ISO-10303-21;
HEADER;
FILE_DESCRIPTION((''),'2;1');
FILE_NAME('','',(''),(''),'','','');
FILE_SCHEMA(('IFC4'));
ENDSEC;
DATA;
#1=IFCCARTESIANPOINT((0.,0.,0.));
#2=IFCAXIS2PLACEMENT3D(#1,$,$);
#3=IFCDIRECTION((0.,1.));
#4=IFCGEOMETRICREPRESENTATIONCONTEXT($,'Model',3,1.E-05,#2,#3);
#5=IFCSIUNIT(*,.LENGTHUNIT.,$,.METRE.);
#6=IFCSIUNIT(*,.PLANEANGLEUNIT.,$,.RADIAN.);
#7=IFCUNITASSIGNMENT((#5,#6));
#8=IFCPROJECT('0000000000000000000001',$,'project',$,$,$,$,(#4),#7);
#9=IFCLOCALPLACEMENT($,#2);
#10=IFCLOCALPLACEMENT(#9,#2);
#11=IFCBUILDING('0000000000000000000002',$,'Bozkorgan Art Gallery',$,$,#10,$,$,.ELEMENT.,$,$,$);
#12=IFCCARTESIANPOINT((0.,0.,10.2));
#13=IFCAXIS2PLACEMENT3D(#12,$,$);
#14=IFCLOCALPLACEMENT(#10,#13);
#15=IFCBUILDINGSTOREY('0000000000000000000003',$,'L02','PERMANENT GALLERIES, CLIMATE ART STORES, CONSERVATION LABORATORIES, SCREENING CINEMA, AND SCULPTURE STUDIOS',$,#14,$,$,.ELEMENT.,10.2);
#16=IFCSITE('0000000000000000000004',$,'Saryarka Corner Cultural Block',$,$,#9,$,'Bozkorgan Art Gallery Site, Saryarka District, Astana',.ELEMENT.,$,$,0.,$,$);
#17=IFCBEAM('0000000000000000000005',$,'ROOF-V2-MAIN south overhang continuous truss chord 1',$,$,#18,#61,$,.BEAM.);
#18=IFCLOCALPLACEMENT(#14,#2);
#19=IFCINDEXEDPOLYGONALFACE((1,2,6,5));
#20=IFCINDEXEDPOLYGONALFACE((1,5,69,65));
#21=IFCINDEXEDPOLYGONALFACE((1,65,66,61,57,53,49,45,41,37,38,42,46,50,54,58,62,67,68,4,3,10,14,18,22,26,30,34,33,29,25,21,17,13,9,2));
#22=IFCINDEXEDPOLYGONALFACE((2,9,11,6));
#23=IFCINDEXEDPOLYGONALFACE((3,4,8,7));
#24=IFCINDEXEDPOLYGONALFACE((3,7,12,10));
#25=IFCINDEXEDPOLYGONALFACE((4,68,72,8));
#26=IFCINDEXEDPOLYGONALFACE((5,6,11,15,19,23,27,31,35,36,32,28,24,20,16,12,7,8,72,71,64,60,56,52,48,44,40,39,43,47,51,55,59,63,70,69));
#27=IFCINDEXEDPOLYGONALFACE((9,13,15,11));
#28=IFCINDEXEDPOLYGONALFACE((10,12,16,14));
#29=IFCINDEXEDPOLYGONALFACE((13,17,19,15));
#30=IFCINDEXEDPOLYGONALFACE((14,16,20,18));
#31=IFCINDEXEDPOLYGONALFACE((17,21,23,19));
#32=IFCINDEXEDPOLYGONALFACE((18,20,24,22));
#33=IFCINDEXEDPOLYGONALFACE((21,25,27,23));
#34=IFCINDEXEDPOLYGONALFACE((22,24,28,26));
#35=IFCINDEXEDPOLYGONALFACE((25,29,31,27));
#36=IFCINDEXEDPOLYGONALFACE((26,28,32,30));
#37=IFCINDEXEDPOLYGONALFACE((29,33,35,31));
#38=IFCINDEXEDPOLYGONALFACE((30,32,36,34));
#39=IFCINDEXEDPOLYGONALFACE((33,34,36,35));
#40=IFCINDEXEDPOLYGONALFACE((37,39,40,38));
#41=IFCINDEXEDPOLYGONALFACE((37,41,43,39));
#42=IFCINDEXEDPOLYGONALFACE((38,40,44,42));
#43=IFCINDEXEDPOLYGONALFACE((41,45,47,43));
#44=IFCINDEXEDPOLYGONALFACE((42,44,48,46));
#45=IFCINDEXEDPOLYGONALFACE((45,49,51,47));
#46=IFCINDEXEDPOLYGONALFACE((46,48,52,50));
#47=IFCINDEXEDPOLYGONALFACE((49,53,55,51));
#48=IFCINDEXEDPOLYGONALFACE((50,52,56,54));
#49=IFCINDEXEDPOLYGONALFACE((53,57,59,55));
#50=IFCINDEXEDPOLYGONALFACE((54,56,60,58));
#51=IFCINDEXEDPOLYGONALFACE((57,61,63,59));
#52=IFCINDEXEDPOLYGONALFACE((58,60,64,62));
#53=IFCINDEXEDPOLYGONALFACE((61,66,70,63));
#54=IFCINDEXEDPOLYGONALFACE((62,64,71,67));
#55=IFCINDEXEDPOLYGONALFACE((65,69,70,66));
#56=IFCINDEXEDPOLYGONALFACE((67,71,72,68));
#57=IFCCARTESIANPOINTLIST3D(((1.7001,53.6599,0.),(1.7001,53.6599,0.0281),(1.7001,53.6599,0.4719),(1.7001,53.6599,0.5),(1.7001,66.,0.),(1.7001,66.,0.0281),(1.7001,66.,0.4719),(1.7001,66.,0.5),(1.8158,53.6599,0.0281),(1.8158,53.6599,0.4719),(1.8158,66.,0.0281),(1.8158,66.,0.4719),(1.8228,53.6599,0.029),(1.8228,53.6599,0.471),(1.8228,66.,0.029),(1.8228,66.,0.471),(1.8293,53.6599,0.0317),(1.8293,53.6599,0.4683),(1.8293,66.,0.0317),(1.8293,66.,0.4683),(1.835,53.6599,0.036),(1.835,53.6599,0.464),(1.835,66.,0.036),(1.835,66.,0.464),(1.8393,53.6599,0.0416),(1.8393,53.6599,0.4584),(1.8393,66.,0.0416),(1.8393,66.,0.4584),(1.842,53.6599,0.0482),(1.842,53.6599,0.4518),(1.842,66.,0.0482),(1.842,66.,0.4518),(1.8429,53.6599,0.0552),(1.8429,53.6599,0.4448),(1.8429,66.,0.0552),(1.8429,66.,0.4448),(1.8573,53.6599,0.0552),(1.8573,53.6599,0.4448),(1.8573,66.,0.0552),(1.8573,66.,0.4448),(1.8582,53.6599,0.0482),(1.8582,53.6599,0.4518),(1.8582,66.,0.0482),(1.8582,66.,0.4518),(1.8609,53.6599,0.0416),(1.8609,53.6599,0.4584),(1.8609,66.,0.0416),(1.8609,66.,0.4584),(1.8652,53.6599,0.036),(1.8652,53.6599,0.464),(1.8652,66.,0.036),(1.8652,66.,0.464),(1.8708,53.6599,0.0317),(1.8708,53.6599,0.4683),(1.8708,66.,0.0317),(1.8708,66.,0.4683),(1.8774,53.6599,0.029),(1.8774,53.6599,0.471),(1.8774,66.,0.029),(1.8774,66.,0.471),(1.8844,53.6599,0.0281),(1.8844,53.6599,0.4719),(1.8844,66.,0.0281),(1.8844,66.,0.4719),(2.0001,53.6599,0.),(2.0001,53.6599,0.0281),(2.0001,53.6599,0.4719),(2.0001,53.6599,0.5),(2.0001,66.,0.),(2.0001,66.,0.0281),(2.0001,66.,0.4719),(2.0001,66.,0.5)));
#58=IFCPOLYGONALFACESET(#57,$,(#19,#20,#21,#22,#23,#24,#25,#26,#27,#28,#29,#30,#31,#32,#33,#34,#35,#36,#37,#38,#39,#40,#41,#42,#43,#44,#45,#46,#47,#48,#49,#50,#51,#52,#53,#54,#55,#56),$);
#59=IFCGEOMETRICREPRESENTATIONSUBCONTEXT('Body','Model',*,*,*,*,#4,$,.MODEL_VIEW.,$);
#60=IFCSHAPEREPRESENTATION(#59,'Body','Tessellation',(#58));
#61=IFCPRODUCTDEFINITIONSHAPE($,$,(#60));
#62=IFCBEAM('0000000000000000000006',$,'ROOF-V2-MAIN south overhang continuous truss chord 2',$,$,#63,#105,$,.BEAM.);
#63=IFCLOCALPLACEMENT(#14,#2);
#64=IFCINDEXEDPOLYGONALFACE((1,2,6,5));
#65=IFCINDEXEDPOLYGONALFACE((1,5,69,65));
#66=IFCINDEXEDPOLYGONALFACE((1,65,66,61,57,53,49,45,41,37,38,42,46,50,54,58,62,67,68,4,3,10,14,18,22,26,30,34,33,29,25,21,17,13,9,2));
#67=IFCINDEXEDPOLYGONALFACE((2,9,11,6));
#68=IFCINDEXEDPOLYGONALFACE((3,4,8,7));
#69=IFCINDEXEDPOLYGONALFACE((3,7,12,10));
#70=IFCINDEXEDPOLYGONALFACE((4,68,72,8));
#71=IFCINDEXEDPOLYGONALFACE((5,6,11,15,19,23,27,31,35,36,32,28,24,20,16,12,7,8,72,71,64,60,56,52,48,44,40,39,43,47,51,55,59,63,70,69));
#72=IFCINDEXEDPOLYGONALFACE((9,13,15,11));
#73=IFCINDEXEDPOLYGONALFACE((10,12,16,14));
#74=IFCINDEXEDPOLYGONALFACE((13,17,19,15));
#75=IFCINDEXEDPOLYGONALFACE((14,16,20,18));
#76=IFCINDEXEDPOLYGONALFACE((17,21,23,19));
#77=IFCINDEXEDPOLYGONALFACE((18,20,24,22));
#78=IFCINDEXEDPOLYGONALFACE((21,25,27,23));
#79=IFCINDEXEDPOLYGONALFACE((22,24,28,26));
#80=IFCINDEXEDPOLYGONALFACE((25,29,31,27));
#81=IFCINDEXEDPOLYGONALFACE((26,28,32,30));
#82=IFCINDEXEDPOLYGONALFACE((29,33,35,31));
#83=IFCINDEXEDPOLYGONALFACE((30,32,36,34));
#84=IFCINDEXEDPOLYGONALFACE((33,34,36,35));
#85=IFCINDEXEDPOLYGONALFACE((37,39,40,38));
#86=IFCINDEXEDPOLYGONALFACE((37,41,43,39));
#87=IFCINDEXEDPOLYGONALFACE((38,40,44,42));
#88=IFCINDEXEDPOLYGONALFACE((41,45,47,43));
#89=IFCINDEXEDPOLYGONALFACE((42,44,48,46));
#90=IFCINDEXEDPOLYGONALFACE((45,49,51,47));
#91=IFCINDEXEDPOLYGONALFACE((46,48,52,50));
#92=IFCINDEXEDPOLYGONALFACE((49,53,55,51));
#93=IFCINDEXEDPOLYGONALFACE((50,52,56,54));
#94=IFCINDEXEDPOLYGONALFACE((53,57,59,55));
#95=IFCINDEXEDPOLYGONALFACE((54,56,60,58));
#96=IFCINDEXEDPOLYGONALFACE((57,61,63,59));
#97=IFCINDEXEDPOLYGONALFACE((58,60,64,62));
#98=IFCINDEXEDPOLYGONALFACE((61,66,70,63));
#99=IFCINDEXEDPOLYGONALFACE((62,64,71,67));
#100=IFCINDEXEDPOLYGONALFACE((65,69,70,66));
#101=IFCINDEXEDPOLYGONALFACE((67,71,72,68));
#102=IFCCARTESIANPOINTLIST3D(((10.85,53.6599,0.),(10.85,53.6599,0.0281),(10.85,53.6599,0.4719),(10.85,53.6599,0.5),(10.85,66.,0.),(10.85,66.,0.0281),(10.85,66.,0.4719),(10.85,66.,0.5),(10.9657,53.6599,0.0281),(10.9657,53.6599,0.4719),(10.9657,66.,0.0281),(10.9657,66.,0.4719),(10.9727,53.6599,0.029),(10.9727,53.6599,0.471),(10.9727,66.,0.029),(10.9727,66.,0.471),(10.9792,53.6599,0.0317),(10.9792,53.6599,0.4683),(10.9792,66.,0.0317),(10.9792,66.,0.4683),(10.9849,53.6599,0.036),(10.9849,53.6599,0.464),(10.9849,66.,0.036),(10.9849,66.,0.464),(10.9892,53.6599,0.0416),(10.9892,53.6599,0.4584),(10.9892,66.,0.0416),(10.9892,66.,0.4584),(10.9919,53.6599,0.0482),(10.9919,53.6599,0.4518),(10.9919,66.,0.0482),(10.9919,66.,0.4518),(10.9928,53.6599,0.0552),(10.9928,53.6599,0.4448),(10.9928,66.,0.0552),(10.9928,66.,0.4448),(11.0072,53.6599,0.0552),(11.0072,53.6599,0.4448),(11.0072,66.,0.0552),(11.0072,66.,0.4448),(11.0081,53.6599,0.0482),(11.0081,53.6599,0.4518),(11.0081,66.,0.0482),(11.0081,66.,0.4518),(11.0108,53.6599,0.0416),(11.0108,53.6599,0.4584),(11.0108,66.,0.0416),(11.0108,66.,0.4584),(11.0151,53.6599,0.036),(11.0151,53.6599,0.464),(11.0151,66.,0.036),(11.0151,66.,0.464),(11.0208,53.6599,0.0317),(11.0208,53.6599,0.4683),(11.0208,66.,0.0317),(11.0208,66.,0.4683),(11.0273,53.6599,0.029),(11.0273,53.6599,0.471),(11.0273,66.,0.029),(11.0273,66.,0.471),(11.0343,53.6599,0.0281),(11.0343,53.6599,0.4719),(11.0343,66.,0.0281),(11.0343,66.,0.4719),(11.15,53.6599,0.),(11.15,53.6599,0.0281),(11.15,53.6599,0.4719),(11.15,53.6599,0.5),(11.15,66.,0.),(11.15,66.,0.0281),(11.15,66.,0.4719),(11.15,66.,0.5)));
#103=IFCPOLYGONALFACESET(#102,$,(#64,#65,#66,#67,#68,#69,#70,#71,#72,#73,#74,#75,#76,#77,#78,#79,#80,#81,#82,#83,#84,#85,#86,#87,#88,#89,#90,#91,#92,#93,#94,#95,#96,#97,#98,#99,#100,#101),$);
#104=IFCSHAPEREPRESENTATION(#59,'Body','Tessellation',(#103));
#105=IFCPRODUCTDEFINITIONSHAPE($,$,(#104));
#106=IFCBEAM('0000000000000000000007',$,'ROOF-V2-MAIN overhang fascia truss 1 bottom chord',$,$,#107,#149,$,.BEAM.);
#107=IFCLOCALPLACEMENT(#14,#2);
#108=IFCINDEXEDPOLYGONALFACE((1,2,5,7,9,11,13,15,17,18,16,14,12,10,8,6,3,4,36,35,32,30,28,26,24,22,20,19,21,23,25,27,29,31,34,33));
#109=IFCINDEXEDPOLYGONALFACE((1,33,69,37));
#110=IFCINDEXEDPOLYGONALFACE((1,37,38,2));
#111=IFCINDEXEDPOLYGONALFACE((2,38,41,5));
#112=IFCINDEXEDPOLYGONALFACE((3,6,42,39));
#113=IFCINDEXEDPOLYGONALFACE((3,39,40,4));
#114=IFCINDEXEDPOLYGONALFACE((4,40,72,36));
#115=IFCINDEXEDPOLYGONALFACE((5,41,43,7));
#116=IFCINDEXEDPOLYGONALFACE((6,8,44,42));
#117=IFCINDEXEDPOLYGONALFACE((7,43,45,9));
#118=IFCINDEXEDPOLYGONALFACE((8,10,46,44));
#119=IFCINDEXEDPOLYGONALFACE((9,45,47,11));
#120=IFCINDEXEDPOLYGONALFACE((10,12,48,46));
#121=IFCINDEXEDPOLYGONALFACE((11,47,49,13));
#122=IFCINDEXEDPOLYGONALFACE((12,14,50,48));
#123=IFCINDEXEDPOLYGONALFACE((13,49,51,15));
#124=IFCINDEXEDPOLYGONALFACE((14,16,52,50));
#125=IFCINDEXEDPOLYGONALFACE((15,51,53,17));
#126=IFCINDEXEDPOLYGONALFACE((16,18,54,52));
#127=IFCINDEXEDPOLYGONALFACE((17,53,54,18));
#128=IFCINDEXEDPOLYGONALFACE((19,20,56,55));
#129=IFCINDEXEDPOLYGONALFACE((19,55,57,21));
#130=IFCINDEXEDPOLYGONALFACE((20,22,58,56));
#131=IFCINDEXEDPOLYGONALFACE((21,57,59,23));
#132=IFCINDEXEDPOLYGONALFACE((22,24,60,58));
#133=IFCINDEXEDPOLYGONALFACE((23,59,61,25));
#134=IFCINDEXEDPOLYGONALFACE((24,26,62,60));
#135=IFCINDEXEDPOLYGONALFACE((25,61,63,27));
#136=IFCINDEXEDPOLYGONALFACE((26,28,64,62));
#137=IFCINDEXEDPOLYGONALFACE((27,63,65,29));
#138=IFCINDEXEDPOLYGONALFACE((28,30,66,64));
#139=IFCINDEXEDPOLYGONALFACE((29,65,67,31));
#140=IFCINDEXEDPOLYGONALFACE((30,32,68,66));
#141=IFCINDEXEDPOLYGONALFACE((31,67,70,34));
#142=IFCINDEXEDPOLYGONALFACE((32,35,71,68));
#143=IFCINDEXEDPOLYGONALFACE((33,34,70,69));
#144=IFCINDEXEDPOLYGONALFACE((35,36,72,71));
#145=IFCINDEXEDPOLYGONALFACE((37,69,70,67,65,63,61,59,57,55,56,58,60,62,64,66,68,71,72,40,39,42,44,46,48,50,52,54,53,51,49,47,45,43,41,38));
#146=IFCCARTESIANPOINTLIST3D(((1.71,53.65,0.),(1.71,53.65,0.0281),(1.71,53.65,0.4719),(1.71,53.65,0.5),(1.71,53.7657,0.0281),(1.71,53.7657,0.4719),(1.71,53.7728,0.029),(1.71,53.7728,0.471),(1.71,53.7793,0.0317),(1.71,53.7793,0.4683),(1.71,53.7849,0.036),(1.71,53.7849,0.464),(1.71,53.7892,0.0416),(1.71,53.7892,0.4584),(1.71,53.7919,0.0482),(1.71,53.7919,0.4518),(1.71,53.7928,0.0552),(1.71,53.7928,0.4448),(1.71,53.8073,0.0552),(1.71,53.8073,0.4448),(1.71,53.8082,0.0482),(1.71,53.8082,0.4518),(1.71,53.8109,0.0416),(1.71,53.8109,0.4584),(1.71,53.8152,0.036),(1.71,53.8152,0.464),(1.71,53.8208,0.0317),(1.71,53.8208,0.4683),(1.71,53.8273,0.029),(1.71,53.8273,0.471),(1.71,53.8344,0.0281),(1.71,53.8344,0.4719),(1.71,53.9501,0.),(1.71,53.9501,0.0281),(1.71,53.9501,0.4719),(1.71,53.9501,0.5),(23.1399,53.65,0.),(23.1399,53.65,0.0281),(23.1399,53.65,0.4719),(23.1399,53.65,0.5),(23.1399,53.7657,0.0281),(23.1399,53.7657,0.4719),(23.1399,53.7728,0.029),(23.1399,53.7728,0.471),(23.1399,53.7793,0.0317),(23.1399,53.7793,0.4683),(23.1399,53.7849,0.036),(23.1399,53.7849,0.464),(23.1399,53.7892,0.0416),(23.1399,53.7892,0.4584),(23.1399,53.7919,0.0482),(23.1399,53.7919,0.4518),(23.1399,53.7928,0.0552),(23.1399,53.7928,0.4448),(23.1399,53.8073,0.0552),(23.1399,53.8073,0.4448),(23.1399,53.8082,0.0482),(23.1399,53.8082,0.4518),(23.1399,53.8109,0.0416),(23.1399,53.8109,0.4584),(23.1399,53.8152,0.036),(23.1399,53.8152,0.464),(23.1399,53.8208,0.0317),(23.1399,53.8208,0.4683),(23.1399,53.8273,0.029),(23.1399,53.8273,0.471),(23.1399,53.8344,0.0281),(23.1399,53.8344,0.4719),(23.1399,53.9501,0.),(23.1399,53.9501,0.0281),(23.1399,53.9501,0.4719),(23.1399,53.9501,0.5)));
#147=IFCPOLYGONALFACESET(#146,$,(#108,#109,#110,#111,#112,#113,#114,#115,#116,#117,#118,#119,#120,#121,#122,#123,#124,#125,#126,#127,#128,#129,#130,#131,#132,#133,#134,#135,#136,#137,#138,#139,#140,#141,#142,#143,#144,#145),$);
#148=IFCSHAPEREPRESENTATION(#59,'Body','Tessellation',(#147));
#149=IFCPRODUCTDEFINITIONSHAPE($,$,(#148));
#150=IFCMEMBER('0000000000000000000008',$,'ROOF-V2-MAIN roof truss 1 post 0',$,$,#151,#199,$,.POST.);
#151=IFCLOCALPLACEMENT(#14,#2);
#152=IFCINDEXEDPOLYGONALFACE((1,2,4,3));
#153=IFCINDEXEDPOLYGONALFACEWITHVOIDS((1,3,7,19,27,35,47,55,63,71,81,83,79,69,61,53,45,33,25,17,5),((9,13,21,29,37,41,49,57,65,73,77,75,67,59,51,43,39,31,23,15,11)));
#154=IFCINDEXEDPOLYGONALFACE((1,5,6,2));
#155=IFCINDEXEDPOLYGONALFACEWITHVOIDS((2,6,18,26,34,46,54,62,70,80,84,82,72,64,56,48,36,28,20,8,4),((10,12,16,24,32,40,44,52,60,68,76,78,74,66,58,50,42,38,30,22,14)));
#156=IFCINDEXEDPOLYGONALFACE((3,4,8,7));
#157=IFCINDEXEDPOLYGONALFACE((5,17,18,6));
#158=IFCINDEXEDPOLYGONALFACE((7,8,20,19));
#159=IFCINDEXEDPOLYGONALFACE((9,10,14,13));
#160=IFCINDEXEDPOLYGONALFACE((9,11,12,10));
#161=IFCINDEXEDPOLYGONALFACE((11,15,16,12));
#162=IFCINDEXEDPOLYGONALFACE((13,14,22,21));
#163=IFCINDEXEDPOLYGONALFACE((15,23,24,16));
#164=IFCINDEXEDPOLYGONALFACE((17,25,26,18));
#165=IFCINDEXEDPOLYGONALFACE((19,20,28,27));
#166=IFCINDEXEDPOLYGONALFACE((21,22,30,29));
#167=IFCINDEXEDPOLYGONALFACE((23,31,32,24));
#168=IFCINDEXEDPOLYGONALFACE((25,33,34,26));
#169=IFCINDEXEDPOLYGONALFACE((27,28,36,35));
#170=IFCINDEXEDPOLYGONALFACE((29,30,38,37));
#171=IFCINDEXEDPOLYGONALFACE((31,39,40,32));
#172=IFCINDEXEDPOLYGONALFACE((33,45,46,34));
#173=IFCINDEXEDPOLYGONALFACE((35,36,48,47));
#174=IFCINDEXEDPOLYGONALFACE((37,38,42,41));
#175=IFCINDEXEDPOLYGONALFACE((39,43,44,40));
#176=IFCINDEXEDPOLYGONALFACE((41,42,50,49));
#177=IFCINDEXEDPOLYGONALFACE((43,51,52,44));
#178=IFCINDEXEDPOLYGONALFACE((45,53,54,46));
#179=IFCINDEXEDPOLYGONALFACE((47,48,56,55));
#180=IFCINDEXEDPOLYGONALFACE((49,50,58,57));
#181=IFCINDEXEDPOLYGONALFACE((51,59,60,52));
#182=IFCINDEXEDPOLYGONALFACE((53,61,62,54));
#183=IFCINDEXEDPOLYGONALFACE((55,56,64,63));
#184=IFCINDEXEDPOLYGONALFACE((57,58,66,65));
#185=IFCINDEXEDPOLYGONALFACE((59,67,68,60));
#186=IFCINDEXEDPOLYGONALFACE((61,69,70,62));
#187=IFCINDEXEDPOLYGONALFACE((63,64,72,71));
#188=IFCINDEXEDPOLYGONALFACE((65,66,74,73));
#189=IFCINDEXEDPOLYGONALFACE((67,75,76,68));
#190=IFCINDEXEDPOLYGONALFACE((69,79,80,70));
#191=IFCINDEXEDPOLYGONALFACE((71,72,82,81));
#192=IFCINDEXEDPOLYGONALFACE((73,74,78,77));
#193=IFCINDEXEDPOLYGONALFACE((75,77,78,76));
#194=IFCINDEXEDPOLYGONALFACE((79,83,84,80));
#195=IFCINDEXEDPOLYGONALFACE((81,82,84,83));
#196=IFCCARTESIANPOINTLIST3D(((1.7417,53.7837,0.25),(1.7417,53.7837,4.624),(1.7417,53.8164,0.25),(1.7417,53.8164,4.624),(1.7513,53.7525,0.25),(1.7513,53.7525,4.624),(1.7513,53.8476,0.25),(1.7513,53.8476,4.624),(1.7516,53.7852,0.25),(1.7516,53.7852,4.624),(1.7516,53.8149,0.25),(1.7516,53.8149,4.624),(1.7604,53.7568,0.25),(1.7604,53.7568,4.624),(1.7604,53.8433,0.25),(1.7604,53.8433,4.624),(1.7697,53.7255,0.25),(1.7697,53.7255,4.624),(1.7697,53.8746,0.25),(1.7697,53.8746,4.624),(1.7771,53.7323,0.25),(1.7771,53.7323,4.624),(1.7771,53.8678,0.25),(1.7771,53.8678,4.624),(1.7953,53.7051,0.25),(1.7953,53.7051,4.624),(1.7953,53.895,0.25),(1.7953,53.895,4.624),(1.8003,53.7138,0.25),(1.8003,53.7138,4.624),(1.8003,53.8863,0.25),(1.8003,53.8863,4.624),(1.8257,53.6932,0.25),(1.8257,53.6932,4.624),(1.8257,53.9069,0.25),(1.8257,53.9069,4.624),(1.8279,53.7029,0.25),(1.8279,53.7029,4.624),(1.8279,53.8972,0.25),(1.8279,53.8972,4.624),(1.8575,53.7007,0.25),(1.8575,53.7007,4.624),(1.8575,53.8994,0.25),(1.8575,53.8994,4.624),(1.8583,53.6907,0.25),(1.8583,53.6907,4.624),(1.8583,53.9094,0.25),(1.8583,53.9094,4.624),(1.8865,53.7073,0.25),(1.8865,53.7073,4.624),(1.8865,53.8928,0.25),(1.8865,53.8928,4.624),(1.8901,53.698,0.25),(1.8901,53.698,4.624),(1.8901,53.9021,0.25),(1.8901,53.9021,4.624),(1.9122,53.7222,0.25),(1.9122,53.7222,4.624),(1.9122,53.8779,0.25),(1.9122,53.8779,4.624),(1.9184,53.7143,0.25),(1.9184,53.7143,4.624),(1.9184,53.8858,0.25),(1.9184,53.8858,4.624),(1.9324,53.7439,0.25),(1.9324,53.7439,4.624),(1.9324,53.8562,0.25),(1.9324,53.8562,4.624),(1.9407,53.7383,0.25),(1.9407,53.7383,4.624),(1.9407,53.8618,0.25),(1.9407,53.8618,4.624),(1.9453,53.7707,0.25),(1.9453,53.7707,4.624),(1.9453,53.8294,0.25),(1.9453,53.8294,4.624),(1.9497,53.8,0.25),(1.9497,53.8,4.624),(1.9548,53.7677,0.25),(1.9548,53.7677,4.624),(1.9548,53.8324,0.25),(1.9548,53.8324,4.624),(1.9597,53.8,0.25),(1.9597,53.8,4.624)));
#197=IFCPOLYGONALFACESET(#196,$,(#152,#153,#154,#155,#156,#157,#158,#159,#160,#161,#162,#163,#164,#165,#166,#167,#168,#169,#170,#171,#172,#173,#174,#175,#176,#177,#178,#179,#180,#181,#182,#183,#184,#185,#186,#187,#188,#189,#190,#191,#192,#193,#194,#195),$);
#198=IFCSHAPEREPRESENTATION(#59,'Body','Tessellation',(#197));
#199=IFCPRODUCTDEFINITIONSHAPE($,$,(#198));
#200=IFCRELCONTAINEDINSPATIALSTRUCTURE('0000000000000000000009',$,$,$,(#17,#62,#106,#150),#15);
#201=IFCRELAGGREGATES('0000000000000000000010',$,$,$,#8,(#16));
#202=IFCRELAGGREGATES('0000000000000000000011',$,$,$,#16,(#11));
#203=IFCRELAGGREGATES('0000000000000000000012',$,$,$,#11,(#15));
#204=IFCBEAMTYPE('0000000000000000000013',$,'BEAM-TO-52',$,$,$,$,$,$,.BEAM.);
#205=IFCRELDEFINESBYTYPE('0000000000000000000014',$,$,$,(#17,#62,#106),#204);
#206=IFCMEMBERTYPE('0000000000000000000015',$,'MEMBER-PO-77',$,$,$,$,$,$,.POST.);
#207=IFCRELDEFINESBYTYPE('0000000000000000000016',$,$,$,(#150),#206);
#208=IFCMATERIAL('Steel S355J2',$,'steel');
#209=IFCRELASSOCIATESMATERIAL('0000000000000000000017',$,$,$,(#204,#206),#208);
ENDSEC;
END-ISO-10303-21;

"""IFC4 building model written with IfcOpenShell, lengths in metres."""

from ifc_helpers import new_model, si_unit, direction, frame, origin, origin_2d, place, context, subcontext, project, spatial, hollow_circle, i_section, extrude, material, material_profile, profile_set, type_object, element, save


model = new_model("IFC4")

# Units and contexts
model_context = context("Model", 3, precision=1e-05, world=origin(), true_north=direction((0.0, 1.0)))
body_context = subcontext(model_context, "Body", "Model", "MODEL_VIEW")
ifc_project = project(units=[si_unit("LENGTHUNIT", "METRE"), si_unit("PLANEANGLEUNIT", "RADIAN")], contexts=[model_context])

# Site, building, storey
site_placement = place(None, origin())
site = spatial("IfcSite", under=ifc_project, at=site_placement, Name="Saryarka Corner Cultural Block", LongName="Bozkorgan Art Gallery Site, Saryarka District, Astana", CompositionType="ELEMENT", RefElevation=0.0)
building_placement = place(site_placement, origin())
building = spatial("IfcBuilding", under=site, at=building_placement, Name="Bozkorgan Art Gallery", CompositionType="ELEMENT")
storey_placement = place(building_placement, frame((0.0, 0.0, 10.2)))
storey = spatial("IfcBuildingStorey", under=building, at=storey_placement, Name="L02", Description="PERMANENT GALLERIES, CLIMATE ART STORES, CONSERVATION LABORATORIES, SCREENING CINEMA, AND SCULPTURE STUDIOS", CompositionType="ELEMENT", Elevation=10.2)

# Beams
ifc_material_1 = material(Name="Steel S355J2", Category="steel")
ifc_material_profile_1 = material_profile(ifc_material_1, i_section(OverallWidth=0.3, OverallDepth=0.5, WebThickness=0.0144, FlangeThickness=0.0281, FilletRadius=0.0271, at=origin_2d()), Name="HEB 500")
ifc_profile_set_1 = profile_set([ifc_material_profile_1], Name="Steel S355J2")
beam_type = type_object("IfcBeamType", Name="BEAM-TO-52", PredefinedType="BEAM", material=ifc_profile_set_1)
for number, where, z_axis, x_axis, name in (
    (1, (1.8501, 53.6599, 0.25), (0.0, 1.0, 0.0), (-1.0, 0.0, 0.0), "ROOF-V2-MAIN south overhang continuous truss chord 1"),
    (2, (11.0, 53.6599, 0.25), (0.0, 1.0, 0.0), (-1.0, 0.0, 0.0), "ROOF-V2-MAIN south overhang continuous truss chord 2"),
):
    element("IfcBeam", number, at=place(storey_placement, frame(where, z_axis=z_axis, x_axis=x_axis)), inside=storey, type_object=beam_type, Name=name, PredefinedType="BEAM", context=body_context, shape_type="SweptSolid", body=[
        extrude(i_section(OverallWidth=0.3, OverallDepth=0.5, WebThickness=0.0144, FlangeThickness=0.0281, FilletRadius=0.0271, at=origin_2d()), origin(), (0.0, 0.0, 1.0), 12.3401),
    ])
beam_placement = place(storey_placement, frame((1.71, 53.8, 0.25), z_axis=(1.0, 0.0, 0.0), x_axis=(0.0, 1.0, 0.0)))
element("IfcBeam", 3, at=beam_placement, inside=storey, type_object=beam_type, Name="ROOF-V2-MAIN overhang fascia truss 1 bottom chord", PredefinedType="BEAM", context=body_context, shape_type="SweptSolid", body=[
    extrude(i_section(OverallWidth=0.3, OverallDepth=0.5, WebThickness=0.0144, FlangeThickness=0.0281, FilletRadius=0.0271, at=origin_2d()), origin(), (0.0, 0.0, 1.0), 21.4299),
])

# Member
ifc_material_profile_2 = material_profile(ifc_material_1, hollow_circle(Radius=0.1096, WallThickness=0.01, at=origin_2d()), Name="CHS 219.1x10")
ifc_profile_set_2 = profile_set([ifc_material_profile_2], Name="Steel S355J2")
member_type_1 = type_object("IfcMemberType", Name="MEMBER-PO-77", PredefinedType="POST", material=ifc_profile_set_2)
member_1_placement = place(storey_placement, frame((1.8501, 53.8, 0.25), z_axis=(0.0, 0.0, 1.0), x_axis=(1.0, 0.0, 0.0)))
element("IfcMember", 4, at=member_1_placement, inside=storey, type_object=member_type_1, Name="ROOF-V2-MAIN roof truss 1 post 0", PredefinedType="POST", context=body_context, shape_type="SweptSolid", body=[
    extrude(hollow_circle(Radius=0.1096, WallThickness=0.01, at=origin_2d()), origin(), (0.0, 0.0, 1.0), 4.374),
])

save(model, "model.ifc")
